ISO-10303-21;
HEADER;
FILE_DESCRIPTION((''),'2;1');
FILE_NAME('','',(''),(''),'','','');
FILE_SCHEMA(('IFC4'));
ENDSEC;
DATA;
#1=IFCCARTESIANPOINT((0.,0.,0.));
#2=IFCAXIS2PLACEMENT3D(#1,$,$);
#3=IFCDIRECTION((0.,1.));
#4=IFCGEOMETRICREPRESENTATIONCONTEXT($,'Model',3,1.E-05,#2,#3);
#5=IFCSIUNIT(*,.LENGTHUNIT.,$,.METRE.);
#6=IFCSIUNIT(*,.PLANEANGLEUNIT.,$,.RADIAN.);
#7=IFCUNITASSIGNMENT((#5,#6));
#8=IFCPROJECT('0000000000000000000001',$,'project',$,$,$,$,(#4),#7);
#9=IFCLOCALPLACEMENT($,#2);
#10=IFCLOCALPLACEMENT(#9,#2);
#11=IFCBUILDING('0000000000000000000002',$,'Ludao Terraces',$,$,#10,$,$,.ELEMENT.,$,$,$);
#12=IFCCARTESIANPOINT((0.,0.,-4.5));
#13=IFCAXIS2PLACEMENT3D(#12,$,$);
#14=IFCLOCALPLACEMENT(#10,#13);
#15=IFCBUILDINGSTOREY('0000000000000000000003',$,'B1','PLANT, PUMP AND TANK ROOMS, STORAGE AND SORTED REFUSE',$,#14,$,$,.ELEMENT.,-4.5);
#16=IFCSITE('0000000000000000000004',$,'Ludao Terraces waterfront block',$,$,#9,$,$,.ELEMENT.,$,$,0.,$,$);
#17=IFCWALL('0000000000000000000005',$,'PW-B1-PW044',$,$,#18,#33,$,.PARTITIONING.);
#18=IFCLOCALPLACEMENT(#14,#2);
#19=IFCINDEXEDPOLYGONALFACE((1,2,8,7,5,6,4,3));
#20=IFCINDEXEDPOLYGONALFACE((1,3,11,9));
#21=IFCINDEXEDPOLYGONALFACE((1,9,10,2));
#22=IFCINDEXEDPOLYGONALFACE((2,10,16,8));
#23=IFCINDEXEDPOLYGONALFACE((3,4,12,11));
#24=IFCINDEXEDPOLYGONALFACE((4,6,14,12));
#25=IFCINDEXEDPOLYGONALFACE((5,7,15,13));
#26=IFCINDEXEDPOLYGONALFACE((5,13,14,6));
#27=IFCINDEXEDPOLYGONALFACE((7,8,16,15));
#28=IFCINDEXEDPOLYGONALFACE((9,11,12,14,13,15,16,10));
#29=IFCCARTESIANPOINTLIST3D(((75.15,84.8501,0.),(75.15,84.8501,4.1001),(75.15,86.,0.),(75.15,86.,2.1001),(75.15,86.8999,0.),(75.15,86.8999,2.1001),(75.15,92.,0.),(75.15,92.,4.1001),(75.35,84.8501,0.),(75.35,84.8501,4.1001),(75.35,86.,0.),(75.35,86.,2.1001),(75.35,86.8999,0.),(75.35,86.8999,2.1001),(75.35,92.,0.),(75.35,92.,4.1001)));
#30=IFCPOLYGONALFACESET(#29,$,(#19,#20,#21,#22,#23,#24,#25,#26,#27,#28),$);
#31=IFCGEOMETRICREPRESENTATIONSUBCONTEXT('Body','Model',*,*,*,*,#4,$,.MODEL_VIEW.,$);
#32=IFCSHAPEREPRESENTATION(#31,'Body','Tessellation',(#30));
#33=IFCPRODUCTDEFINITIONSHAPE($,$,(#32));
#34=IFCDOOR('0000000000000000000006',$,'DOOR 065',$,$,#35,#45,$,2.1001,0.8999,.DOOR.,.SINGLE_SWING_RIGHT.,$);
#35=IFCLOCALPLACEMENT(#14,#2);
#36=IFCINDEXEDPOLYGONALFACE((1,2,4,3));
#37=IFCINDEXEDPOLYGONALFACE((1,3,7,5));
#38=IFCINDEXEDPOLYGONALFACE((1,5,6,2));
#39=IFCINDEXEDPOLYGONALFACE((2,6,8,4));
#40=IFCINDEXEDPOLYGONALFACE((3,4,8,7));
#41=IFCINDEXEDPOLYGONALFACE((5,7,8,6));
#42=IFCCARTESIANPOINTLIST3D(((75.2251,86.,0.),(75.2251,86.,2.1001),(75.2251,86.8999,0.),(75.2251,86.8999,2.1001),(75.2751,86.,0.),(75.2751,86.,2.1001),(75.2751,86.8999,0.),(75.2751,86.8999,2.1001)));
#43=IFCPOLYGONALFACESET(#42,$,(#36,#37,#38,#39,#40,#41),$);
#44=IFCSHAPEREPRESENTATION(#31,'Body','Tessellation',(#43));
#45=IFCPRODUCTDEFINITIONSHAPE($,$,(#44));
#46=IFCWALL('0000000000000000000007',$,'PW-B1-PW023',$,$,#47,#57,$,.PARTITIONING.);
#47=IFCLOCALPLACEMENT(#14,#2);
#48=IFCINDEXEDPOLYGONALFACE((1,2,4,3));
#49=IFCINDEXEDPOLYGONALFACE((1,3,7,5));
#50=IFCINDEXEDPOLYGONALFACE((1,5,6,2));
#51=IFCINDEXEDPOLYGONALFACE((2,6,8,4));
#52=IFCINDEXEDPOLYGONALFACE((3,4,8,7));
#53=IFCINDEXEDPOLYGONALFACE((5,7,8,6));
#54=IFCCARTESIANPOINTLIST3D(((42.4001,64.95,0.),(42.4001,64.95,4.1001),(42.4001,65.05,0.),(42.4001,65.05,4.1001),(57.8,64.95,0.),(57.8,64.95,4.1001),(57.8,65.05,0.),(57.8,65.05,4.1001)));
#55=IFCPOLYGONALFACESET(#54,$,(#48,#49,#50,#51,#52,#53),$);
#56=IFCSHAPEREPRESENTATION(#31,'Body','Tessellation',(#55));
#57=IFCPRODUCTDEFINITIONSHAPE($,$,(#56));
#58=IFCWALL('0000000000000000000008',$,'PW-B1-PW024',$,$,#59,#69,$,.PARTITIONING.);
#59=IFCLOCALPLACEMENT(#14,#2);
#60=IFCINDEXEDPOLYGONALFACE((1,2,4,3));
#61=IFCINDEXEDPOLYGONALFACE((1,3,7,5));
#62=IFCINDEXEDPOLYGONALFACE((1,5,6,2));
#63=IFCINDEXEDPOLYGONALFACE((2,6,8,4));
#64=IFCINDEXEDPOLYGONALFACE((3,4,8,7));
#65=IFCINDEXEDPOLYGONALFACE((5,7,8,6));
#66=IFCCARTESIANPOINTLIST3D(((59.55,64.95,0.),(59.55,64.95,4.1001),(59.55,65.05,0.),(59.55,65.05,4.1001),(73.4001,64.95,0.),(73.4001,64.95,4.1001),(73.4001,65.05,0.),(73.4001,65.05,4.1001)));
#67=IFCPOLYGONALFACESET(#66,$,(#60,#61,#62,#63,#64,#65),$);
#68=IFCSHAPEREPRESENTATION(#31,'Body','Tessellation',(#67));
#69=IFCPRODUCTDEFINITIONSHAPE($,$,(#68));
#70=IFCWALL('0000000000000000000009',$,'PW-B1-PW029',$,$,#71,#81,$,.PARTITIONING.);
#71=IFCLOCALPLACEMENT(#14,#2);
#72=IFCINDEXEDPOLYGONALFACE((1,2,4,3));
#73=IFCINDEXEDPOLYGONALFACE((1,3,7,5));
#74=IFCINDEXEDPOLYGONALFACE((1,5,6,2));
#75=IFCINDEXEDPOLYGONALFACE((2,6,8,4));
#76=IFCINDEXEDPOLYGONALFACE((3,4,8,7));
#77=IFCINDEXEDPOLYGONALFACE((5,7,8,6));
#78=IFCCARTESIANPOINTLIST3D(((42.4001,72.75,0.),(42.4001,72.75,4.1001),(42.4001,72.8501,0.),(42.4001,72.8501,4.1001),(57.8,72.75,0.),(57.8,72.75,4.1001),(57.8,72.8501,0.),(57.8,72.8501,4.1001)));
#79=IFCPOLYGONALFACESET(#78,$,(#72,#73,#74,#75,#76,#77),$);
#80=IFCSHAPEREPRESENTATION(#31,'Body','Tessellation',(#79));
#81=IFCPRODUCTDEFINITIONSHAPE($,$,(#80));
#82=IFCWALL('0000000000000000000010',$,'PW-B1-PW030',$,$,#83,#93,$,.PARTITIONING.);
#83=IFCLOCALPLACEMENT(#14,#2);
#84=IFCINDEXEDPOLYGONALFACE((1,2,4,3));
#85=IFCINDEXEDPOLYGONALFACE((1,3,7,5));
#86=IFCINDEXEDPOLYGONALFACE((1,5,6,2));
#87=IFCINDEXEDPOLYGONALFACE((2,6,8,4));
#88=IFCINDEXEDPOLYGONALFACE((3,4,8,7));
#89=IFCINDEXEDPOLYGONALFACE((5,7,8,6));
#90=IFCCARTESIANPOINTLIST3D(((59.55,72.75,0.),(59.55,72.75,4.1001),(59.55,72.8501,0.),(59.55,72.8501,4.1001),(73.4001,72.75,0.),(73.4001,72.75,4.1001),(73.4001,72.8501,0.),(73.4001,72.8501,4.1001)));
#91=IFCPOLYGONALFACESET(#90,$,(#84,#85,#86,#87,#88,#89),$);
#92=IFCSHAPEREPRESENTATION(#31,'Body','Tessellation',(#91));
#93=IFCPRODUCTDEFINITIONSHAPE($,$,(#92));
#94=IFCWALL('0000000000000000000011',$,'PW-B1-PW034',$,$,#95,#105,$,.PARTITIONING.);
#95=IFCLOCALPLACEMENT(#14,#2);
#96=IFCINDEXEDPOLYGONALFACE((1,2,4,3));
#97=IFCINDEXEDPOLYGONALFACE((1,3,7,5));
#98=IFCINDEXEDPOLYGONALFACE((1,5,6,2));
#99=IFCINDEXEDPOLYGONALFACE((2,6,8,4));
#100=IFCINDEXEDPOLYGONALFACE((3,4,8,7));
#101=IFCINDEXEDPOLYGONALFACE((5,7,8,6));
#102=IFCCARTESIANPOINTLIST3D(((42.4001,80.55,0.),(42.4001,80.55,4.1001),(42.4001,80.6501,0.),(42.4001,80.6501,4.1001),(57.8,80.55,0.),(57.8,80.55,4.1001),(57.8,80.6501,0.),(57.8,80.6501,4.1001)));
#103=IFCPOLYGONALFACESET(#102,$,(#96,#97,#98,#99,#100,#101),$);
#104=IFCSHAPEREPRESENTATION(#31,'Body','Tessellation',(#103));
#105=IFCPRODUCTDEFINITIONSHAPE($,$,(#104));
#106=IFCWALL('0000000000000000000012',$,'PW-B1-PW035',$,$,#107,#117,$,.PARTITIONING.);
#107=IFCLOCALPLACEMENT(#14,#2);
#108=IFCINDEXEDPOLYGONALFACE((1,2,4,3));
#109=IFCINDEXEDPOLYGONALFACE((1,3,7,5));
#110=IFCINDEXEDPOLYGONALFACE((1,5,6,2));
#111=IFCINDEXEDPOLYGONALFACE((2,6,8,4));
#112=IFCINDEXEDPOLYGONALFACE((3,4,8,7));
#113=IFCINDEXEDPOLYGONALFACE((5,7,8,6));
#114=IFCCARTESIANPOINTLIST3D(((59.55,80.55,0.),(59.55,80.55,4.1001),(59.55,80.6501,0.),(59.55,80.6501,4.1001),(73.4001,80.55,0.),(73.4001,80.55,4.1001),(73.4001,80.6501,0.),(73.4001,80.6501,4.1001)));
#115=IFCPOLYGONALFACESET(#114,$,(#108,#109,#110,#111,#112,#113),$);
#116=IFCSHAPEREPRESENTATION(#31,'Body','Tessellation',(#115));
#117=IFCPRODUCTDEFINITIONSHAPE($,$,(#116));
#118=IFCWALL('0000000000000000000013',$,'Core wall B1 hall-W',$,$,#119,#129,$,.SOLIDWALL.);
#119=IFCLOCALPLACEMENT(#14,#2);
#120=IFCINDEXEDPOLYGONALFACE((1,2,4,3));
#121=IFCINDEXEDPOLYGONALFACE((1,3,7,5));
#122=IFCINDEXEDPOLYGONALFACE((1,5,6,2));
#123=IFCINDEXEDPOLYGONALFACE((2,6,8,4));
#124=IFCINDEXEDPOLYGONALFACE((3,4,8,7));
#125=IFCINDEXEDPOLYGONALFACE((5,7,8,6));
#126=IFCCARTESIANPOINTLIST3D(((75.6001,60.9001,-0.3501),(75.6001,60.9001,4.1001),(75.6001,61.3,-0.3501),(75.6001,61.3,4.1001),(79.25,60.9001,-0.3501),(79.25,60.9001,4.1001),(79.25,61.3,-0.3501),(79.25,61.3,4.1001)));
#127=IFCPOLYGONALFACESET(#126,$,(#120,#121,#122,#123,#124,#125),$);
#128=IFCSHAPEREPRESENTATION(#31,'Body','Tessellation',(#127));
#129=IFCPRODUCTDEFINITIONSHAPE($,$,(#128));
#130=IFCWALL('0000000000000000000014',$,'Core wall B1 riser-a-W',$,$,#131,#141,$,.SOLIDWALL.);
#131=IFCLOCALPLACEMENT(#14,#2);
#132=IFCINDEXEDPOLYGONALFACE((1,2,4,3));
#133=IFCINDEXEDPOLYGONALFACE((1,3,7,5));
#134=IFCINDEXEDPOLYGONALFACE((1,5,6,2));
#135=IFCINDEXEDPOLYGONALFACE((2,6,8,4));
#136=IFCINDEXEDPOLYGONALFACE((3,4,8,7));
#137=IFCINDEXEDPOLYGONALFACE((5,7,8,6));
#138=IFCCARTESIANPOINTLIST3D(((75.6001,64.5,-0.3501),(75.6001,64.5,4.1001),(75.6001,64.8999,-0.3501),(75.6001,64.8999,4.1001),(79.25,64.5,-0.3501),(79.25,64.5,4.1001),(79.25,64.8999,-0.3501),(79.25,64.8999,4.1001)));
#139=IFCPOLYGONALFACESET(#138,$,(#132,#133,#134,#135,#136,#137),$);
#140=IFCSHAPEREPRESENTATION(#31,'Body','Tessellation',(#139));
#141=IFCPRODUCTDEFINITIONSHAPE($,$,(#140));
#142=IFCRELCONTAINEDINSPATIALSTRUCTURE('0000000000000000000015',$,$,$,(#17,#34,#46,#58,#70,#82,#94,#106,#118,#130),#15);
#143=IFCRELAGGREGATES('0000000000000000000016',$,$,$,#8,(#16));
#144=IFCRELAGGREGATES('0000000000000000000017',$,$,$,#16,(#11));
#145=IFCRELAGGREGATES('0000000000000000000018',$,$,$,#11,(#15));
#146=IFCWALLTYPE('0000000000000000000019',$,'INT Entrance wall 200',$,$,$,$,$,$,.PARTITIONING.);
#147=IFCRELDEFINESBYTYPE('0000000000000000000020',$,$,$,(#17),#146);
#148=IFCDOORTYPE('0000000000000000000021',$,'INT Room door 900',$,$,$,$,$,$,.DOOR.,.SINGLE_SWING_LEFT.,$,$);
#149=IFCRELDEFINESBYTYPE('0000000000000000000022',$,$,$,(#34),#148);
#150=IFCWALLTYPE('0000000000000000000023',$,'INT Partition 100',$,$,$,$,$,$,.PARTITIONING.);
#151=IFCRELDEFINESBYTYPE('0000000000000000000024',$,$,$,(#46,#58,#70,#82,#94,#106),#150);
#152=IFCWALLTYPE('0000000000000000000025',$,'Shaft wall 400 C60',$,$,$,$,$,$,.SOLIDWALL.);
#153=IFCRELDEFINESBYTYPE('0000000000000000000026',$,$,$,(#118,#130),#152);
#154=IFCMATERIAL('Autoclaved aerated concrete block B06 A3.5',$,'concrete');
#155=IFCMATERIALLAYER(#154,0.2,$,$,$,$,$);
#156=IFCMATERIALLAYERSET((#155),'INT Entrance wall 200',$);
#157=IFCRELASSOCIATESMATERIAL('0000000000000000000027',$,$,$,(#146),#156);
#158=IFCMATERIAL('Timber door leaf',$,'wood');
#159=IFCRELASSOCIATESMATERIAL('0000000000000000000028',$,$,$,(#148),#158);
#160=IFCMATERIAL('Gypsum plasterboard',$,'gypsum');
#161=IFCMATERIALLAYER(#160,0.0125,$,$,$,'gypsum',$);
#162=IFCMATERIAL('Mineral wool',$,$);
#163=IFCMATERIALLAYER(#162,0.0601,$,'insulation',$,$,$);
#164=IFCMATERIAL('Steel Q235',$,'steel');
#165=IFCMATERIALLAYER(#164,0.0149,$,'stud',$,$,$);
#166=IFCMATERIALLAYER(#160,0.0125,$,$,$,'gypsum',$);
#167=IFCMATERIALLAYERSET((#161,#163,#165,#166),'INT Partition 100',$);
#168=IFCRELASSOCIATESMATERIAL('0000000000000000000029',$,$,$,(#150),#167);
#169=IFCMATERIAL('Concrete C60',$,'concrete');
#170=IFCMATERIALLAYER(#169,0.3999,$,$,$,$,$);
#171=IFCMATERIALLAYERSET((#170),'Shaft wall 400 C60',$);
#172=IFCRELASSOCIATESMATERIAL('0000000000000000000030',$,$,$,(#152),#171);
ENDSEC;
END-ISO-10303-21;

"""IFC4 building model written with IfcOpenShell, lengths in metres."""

from ifc_helpers import new_model, si_unit, direction, frame, frame_2d, origin, place, context, subcontext, project, spatial, rectangle, extrude, material, layer, layer_set, type_object, element, fill, save


model = new_model("IFC4")

# Units and contexts
model_context = context("Model", 3, precision=1e-05, world=origin(), true_north=direction((0.0, 1.0)))
body_context = subcontext(model_context, "Body", "Model", "MODEL_VIEW")
ifc_project = project(units=[si_unit("LENGTHUNIT", "METRE"), si_unit("PLANEANGLEUNIT", "RADIAN")], contexts=[model_context])

# Site, building, storey
site_placement = place(None, origin())
site = spatial("IfcSite", under=ifc_project, at=site_placement, Name="Ludao Terraces waterfront block", CompositionType="ELEMENT", RefElevation=0.0)
building_placement = place(site_placement, origin())
building = spatial("IfcBuilding", under=site, at=building_placement, Name="Ludao Terraces", CompositionType="ELEMENT")
storey_placement = place(building_placement, frame((0.0, 0.0, -4.5)))
storey = spatial("IfcBuildingStorey", under=building, at=storey_placement, Name="B1", Description="PLANT, PUMP AND TANK ROOMS, STORAGE AND SORTED REFUSE", CompositionType="ELEMENT", Elevation=-4.5)

# Shared definitions
ifc_material_1 = material(Name="Concrete C60", Category="concrete")

# Shared definitions
ifc_material_2 = material(Name="Steel Q235", Category="steel")

# Shared definitions
ifc_material_3 = material(Name="Mineral wool")

# Wall, opening, door
ifc_material_4 = material(Name="Autoclaved aerated concrete block B06 A3.5", Category="concrete")
ifc_layer_1 = layer(ifc_material_4, 0.2)
ifc_layer_set_1 = layer_set([ifc_layer_1], Name="INT Entrance wall 200")
wall_type_1 = type_object("IfcWallType", Name="INT Entrance wall 200", PredefinedType="PARTITIONING", material=ifc_layer_set_1)
wall_1_placement = place(storey_placement, frame((75.25, 84.8501, 0.0), z_axis=(0.0, 0.0, 1.0), x_axis=(0.0, 1.0, 0.0)))
wall_1 = element("IfcWall", 1, at=wall_1_placement, inside=storey, type_object=wall_type_1, Name="PW-B1-PW044", PredefinedType="PARTITIONING", context=body_context, shape_type="SweptSolid", body=[
    extrude(rectangle(XDim=7.1499, YDim=0.2, at=frame_2d((3.575, 0.0))), origin(), (0.0, 0.0, 1.0), 4.1001),
])
opening_1_placement = place(wall_1_placement, frame((1.1499, 0.0, 0.0)))
opening_1 = element("IfcOpeningElement", 2, at=opening_1_placement, cuts=wall_1, PredefinedType="OPENING", context=body_context, shape_type="SweptSolid", body=[
    extrude(rectangle(XDim=0.8999, YDim=2.1001, at=frame_2d((0.45, 1.05))), frame((0.0, 0.1099, 0.0), z_axis=(0.0, -1.0, 0.0), x_axis=(1.0, 0.0, 0.0)), (0.0, 0.0, 1.0), 0.22),
])
ifc_material_5 = material(Name="Timber door leaf", Category="wood")
door_type_1 = type_object("IfcDoorType", Name="INT Room door 900", OperationType="SINGLE_SWING_LEFT", PredefinedType="DOOR", material=ifc_material_5)
door_1_placement = place(opening_1_placement, origin())
door_1 = element("IfcDoor", 3, at=door_1_placement, inside=storey, type_object=door_type_1, Name="DOOR 065", OperationType="SINGLE_SWING_RIGHT", OverallHeight=2.1001, OverallWidth=0.8999, PredefinedType="DOOR", context=body_context, shape_type="SweptSolid", body=[
    extrude(rectangle(XDim=0.8999, YDim=2.1001, at=frame_2d((0.45, 1.05))), frame((0.0, 0.0249, 0.0), z_axis=(0.0, -1.0, 0.0), x_axis=(1.0, 0.0, 0.0)), (0.0, 0.0, 1.0), 0.05),
])
fill(opening_1, door_1)

# Walls
ifc_material_6 = material(Name="Gypsum plasterboard", Category="gypsum")
ifc_layer_2 = layer(ifc_material_6, 0.0125, Category="gypsum")
ifc_layer_3 = layer(ifc_material_3, 0.0601, Name="insulation")
ifc_layer_4 = layer(ifc_material_2, 0.0149, Name="stud")
ifc_layer_5 = layer(ifc_material_6, 0.0125, Category="gypsum")
ifc_layer_set_2 = layer_set([ifc_layer_2, ifc_layer_3, ifc_layer_4, ifc_layer_5], Name="INT Partition 100")
wall_type_2 = type_object("IfcWallType", Name="INT Partition 100", PredefinedType="PARTITIONING", material=ifc_layer_set_2)
wall_2_placement = place(storey_placement, frame((42.4001, 65.0, 0.0), z_axis=(0.0, 0.0, 1.0), x_axis=(1.0, 0.0, 0.0)))
element("IfcWall", 4, at=wall_2_placement, inside=storey, type_object=wall_type_2, Name="PW-B1-PW023", PredefinedType="PARTITIONING", context=body_context, shape_type="SweptSolid", body=[
    extrude(rectangle(XDim=15.3999, YDim=0.1001, at=frame_2d((7.7, 0.0))), origin(), (0.0, 0.0, 1.0), 4.1001),
])
wall_3_placement = place(storey_placement, frame((59.55, 65.0, 0.0), z_axis=(0.0, 0.0, 1.0), x_axis=(1.0, 0.0, 0.0)))
element("IfcWall", 5, at=wall_3_placement, inside=storey, type_object=wall_type_2, Name="PW-B1-PW024", PredefinedType="PARTITIONING", context=body_context, shape_type="SweptSolid", body=[
    extrude(rectangle(XDim=13.8501, YDim=0.1001, at=frame_2d((6.925, 0.0))), origin(), (0.0, 0.0, 1.0), 4.1001),
])
wall_4_placement = place(storey_placement, frame((42.4001, 72.8, 0.0), z_axis=(0.0, 0.0, 1.0), x_axis=(1.0, 0.0, 0.0)))
element("IfcWall", 6, at=wall_4_placement, inside=storey, type_object=wall_type_2, Name="PW-B1-PW029", PredefinedType="PARTITIONING", context=body_context, shape_type="SweptSolid", body=[
    extrude(rectangle(XDim=15.3999, YDim=0.1001, at=frame_2d((7.7, 0.0))), origin(), (0.0, 0.0, 1.0), 4.1001),
])
wall_5_placement = place(storey_placement, frame((59.55, 72.8, 0.0), z_axis=(0.0, 0.0, 1.0), x_axis=(1.0, 0.0, 0.0)))
element("IfcWall", 7, at=wall_5_placement, inside=storey, type_object=wall_type_2, Name="PW-B1-PW030", PredefinedType="PARTITIONING", context=body_context, shape_type="SweptSolid", body=[
    extrude(rectangle(XDim=13.8501, YDim=0.1001, at=frame_2d((6.925, 0.0))), origin(), (0.0, 0.0, 1.0), 4.1001),
])
wall_6_placement = place(storey_placement, frame((42.4001, 80.6001, 0.0), z_axis=(0.0, 0.0, 1.0), x_axis=(1.0, 0.0, 0.0)))
element("IfcWall", 8, at=wall_6_placement, inside=storey, type_object=wall_type_2, Name="PW-B1-PW034", PredefinedType="PARTITIONING", context=body_context, shape_type="SweptSolid", body=[
    extrude(rectangle(XDim=15.3999, YDim=0.1001, at=frame_2d((7.7, 0.0))), origin(), (0.0, 0.0, 1.0), 4.1001),
])
wall_7_placement = place(storey_placement, frame((59.55, 80.6001, 0.0), z_axis=(0.0, 0.0, 1.0), x_axis=(1.0, 0.0, 0.0)))
element("IfcWall", 9, at=wall_7_placement, inside=storey, type_object=wall_type_2, Name="PW-B1-PW035", PredefinedType="PARTITIONING", context=body_context, shape_type="SweptSolid", body=[
    extrude(rectangle(XDim=13.8501, YDim=0.1001, at=frame_2d((6.925, 0.0))), origin(), (0.0, 0.0, 1.0), 4.1001),
])
ifc_layer_6 = layer(ifc_material_1, 0.3999)
ifc_layer_set_3 = layer_set([ifc_layer_6], Name="Shaft wall 400 C60")
wall_type_3 = type_object("IfcWallType", Name="Shaft wall 400 C60", PredefinedType="SOLIDWALL", material=ifc_layer_set_3)
for number, where, z_axis, x_axis, name in (
    (10, (75.6001, 61.1001, -0.3501), (0.0, 0.0, 1.0), (1.0, 0.0, 0.0), "Core wall B1 hall-W"),
    (11, (75.6001, 64.7, -0.3501), (0.0, 0.0, 1.0), (1.0, 0.0, 0.0), "Core wall B1 riser-a-W"),
):
    element("IfcWall", number, at=place(storey_placement, frame(where, z_axis=z_axis, x_axis=x_axis)), inside=storey, type_object=wall_type_3, Name=name, PredefinedType="SOLIDWALL", context=body_context, shape_type="SweptSolid", body=[
        extrude(rectangle(XDim=3.6499, YDim=0.3999, at=frame_2d((1.825, 0.0))), origin(), (0.0, 0.0, 1.0), 4.4502),
    ])

save(model, "model.ifc")
